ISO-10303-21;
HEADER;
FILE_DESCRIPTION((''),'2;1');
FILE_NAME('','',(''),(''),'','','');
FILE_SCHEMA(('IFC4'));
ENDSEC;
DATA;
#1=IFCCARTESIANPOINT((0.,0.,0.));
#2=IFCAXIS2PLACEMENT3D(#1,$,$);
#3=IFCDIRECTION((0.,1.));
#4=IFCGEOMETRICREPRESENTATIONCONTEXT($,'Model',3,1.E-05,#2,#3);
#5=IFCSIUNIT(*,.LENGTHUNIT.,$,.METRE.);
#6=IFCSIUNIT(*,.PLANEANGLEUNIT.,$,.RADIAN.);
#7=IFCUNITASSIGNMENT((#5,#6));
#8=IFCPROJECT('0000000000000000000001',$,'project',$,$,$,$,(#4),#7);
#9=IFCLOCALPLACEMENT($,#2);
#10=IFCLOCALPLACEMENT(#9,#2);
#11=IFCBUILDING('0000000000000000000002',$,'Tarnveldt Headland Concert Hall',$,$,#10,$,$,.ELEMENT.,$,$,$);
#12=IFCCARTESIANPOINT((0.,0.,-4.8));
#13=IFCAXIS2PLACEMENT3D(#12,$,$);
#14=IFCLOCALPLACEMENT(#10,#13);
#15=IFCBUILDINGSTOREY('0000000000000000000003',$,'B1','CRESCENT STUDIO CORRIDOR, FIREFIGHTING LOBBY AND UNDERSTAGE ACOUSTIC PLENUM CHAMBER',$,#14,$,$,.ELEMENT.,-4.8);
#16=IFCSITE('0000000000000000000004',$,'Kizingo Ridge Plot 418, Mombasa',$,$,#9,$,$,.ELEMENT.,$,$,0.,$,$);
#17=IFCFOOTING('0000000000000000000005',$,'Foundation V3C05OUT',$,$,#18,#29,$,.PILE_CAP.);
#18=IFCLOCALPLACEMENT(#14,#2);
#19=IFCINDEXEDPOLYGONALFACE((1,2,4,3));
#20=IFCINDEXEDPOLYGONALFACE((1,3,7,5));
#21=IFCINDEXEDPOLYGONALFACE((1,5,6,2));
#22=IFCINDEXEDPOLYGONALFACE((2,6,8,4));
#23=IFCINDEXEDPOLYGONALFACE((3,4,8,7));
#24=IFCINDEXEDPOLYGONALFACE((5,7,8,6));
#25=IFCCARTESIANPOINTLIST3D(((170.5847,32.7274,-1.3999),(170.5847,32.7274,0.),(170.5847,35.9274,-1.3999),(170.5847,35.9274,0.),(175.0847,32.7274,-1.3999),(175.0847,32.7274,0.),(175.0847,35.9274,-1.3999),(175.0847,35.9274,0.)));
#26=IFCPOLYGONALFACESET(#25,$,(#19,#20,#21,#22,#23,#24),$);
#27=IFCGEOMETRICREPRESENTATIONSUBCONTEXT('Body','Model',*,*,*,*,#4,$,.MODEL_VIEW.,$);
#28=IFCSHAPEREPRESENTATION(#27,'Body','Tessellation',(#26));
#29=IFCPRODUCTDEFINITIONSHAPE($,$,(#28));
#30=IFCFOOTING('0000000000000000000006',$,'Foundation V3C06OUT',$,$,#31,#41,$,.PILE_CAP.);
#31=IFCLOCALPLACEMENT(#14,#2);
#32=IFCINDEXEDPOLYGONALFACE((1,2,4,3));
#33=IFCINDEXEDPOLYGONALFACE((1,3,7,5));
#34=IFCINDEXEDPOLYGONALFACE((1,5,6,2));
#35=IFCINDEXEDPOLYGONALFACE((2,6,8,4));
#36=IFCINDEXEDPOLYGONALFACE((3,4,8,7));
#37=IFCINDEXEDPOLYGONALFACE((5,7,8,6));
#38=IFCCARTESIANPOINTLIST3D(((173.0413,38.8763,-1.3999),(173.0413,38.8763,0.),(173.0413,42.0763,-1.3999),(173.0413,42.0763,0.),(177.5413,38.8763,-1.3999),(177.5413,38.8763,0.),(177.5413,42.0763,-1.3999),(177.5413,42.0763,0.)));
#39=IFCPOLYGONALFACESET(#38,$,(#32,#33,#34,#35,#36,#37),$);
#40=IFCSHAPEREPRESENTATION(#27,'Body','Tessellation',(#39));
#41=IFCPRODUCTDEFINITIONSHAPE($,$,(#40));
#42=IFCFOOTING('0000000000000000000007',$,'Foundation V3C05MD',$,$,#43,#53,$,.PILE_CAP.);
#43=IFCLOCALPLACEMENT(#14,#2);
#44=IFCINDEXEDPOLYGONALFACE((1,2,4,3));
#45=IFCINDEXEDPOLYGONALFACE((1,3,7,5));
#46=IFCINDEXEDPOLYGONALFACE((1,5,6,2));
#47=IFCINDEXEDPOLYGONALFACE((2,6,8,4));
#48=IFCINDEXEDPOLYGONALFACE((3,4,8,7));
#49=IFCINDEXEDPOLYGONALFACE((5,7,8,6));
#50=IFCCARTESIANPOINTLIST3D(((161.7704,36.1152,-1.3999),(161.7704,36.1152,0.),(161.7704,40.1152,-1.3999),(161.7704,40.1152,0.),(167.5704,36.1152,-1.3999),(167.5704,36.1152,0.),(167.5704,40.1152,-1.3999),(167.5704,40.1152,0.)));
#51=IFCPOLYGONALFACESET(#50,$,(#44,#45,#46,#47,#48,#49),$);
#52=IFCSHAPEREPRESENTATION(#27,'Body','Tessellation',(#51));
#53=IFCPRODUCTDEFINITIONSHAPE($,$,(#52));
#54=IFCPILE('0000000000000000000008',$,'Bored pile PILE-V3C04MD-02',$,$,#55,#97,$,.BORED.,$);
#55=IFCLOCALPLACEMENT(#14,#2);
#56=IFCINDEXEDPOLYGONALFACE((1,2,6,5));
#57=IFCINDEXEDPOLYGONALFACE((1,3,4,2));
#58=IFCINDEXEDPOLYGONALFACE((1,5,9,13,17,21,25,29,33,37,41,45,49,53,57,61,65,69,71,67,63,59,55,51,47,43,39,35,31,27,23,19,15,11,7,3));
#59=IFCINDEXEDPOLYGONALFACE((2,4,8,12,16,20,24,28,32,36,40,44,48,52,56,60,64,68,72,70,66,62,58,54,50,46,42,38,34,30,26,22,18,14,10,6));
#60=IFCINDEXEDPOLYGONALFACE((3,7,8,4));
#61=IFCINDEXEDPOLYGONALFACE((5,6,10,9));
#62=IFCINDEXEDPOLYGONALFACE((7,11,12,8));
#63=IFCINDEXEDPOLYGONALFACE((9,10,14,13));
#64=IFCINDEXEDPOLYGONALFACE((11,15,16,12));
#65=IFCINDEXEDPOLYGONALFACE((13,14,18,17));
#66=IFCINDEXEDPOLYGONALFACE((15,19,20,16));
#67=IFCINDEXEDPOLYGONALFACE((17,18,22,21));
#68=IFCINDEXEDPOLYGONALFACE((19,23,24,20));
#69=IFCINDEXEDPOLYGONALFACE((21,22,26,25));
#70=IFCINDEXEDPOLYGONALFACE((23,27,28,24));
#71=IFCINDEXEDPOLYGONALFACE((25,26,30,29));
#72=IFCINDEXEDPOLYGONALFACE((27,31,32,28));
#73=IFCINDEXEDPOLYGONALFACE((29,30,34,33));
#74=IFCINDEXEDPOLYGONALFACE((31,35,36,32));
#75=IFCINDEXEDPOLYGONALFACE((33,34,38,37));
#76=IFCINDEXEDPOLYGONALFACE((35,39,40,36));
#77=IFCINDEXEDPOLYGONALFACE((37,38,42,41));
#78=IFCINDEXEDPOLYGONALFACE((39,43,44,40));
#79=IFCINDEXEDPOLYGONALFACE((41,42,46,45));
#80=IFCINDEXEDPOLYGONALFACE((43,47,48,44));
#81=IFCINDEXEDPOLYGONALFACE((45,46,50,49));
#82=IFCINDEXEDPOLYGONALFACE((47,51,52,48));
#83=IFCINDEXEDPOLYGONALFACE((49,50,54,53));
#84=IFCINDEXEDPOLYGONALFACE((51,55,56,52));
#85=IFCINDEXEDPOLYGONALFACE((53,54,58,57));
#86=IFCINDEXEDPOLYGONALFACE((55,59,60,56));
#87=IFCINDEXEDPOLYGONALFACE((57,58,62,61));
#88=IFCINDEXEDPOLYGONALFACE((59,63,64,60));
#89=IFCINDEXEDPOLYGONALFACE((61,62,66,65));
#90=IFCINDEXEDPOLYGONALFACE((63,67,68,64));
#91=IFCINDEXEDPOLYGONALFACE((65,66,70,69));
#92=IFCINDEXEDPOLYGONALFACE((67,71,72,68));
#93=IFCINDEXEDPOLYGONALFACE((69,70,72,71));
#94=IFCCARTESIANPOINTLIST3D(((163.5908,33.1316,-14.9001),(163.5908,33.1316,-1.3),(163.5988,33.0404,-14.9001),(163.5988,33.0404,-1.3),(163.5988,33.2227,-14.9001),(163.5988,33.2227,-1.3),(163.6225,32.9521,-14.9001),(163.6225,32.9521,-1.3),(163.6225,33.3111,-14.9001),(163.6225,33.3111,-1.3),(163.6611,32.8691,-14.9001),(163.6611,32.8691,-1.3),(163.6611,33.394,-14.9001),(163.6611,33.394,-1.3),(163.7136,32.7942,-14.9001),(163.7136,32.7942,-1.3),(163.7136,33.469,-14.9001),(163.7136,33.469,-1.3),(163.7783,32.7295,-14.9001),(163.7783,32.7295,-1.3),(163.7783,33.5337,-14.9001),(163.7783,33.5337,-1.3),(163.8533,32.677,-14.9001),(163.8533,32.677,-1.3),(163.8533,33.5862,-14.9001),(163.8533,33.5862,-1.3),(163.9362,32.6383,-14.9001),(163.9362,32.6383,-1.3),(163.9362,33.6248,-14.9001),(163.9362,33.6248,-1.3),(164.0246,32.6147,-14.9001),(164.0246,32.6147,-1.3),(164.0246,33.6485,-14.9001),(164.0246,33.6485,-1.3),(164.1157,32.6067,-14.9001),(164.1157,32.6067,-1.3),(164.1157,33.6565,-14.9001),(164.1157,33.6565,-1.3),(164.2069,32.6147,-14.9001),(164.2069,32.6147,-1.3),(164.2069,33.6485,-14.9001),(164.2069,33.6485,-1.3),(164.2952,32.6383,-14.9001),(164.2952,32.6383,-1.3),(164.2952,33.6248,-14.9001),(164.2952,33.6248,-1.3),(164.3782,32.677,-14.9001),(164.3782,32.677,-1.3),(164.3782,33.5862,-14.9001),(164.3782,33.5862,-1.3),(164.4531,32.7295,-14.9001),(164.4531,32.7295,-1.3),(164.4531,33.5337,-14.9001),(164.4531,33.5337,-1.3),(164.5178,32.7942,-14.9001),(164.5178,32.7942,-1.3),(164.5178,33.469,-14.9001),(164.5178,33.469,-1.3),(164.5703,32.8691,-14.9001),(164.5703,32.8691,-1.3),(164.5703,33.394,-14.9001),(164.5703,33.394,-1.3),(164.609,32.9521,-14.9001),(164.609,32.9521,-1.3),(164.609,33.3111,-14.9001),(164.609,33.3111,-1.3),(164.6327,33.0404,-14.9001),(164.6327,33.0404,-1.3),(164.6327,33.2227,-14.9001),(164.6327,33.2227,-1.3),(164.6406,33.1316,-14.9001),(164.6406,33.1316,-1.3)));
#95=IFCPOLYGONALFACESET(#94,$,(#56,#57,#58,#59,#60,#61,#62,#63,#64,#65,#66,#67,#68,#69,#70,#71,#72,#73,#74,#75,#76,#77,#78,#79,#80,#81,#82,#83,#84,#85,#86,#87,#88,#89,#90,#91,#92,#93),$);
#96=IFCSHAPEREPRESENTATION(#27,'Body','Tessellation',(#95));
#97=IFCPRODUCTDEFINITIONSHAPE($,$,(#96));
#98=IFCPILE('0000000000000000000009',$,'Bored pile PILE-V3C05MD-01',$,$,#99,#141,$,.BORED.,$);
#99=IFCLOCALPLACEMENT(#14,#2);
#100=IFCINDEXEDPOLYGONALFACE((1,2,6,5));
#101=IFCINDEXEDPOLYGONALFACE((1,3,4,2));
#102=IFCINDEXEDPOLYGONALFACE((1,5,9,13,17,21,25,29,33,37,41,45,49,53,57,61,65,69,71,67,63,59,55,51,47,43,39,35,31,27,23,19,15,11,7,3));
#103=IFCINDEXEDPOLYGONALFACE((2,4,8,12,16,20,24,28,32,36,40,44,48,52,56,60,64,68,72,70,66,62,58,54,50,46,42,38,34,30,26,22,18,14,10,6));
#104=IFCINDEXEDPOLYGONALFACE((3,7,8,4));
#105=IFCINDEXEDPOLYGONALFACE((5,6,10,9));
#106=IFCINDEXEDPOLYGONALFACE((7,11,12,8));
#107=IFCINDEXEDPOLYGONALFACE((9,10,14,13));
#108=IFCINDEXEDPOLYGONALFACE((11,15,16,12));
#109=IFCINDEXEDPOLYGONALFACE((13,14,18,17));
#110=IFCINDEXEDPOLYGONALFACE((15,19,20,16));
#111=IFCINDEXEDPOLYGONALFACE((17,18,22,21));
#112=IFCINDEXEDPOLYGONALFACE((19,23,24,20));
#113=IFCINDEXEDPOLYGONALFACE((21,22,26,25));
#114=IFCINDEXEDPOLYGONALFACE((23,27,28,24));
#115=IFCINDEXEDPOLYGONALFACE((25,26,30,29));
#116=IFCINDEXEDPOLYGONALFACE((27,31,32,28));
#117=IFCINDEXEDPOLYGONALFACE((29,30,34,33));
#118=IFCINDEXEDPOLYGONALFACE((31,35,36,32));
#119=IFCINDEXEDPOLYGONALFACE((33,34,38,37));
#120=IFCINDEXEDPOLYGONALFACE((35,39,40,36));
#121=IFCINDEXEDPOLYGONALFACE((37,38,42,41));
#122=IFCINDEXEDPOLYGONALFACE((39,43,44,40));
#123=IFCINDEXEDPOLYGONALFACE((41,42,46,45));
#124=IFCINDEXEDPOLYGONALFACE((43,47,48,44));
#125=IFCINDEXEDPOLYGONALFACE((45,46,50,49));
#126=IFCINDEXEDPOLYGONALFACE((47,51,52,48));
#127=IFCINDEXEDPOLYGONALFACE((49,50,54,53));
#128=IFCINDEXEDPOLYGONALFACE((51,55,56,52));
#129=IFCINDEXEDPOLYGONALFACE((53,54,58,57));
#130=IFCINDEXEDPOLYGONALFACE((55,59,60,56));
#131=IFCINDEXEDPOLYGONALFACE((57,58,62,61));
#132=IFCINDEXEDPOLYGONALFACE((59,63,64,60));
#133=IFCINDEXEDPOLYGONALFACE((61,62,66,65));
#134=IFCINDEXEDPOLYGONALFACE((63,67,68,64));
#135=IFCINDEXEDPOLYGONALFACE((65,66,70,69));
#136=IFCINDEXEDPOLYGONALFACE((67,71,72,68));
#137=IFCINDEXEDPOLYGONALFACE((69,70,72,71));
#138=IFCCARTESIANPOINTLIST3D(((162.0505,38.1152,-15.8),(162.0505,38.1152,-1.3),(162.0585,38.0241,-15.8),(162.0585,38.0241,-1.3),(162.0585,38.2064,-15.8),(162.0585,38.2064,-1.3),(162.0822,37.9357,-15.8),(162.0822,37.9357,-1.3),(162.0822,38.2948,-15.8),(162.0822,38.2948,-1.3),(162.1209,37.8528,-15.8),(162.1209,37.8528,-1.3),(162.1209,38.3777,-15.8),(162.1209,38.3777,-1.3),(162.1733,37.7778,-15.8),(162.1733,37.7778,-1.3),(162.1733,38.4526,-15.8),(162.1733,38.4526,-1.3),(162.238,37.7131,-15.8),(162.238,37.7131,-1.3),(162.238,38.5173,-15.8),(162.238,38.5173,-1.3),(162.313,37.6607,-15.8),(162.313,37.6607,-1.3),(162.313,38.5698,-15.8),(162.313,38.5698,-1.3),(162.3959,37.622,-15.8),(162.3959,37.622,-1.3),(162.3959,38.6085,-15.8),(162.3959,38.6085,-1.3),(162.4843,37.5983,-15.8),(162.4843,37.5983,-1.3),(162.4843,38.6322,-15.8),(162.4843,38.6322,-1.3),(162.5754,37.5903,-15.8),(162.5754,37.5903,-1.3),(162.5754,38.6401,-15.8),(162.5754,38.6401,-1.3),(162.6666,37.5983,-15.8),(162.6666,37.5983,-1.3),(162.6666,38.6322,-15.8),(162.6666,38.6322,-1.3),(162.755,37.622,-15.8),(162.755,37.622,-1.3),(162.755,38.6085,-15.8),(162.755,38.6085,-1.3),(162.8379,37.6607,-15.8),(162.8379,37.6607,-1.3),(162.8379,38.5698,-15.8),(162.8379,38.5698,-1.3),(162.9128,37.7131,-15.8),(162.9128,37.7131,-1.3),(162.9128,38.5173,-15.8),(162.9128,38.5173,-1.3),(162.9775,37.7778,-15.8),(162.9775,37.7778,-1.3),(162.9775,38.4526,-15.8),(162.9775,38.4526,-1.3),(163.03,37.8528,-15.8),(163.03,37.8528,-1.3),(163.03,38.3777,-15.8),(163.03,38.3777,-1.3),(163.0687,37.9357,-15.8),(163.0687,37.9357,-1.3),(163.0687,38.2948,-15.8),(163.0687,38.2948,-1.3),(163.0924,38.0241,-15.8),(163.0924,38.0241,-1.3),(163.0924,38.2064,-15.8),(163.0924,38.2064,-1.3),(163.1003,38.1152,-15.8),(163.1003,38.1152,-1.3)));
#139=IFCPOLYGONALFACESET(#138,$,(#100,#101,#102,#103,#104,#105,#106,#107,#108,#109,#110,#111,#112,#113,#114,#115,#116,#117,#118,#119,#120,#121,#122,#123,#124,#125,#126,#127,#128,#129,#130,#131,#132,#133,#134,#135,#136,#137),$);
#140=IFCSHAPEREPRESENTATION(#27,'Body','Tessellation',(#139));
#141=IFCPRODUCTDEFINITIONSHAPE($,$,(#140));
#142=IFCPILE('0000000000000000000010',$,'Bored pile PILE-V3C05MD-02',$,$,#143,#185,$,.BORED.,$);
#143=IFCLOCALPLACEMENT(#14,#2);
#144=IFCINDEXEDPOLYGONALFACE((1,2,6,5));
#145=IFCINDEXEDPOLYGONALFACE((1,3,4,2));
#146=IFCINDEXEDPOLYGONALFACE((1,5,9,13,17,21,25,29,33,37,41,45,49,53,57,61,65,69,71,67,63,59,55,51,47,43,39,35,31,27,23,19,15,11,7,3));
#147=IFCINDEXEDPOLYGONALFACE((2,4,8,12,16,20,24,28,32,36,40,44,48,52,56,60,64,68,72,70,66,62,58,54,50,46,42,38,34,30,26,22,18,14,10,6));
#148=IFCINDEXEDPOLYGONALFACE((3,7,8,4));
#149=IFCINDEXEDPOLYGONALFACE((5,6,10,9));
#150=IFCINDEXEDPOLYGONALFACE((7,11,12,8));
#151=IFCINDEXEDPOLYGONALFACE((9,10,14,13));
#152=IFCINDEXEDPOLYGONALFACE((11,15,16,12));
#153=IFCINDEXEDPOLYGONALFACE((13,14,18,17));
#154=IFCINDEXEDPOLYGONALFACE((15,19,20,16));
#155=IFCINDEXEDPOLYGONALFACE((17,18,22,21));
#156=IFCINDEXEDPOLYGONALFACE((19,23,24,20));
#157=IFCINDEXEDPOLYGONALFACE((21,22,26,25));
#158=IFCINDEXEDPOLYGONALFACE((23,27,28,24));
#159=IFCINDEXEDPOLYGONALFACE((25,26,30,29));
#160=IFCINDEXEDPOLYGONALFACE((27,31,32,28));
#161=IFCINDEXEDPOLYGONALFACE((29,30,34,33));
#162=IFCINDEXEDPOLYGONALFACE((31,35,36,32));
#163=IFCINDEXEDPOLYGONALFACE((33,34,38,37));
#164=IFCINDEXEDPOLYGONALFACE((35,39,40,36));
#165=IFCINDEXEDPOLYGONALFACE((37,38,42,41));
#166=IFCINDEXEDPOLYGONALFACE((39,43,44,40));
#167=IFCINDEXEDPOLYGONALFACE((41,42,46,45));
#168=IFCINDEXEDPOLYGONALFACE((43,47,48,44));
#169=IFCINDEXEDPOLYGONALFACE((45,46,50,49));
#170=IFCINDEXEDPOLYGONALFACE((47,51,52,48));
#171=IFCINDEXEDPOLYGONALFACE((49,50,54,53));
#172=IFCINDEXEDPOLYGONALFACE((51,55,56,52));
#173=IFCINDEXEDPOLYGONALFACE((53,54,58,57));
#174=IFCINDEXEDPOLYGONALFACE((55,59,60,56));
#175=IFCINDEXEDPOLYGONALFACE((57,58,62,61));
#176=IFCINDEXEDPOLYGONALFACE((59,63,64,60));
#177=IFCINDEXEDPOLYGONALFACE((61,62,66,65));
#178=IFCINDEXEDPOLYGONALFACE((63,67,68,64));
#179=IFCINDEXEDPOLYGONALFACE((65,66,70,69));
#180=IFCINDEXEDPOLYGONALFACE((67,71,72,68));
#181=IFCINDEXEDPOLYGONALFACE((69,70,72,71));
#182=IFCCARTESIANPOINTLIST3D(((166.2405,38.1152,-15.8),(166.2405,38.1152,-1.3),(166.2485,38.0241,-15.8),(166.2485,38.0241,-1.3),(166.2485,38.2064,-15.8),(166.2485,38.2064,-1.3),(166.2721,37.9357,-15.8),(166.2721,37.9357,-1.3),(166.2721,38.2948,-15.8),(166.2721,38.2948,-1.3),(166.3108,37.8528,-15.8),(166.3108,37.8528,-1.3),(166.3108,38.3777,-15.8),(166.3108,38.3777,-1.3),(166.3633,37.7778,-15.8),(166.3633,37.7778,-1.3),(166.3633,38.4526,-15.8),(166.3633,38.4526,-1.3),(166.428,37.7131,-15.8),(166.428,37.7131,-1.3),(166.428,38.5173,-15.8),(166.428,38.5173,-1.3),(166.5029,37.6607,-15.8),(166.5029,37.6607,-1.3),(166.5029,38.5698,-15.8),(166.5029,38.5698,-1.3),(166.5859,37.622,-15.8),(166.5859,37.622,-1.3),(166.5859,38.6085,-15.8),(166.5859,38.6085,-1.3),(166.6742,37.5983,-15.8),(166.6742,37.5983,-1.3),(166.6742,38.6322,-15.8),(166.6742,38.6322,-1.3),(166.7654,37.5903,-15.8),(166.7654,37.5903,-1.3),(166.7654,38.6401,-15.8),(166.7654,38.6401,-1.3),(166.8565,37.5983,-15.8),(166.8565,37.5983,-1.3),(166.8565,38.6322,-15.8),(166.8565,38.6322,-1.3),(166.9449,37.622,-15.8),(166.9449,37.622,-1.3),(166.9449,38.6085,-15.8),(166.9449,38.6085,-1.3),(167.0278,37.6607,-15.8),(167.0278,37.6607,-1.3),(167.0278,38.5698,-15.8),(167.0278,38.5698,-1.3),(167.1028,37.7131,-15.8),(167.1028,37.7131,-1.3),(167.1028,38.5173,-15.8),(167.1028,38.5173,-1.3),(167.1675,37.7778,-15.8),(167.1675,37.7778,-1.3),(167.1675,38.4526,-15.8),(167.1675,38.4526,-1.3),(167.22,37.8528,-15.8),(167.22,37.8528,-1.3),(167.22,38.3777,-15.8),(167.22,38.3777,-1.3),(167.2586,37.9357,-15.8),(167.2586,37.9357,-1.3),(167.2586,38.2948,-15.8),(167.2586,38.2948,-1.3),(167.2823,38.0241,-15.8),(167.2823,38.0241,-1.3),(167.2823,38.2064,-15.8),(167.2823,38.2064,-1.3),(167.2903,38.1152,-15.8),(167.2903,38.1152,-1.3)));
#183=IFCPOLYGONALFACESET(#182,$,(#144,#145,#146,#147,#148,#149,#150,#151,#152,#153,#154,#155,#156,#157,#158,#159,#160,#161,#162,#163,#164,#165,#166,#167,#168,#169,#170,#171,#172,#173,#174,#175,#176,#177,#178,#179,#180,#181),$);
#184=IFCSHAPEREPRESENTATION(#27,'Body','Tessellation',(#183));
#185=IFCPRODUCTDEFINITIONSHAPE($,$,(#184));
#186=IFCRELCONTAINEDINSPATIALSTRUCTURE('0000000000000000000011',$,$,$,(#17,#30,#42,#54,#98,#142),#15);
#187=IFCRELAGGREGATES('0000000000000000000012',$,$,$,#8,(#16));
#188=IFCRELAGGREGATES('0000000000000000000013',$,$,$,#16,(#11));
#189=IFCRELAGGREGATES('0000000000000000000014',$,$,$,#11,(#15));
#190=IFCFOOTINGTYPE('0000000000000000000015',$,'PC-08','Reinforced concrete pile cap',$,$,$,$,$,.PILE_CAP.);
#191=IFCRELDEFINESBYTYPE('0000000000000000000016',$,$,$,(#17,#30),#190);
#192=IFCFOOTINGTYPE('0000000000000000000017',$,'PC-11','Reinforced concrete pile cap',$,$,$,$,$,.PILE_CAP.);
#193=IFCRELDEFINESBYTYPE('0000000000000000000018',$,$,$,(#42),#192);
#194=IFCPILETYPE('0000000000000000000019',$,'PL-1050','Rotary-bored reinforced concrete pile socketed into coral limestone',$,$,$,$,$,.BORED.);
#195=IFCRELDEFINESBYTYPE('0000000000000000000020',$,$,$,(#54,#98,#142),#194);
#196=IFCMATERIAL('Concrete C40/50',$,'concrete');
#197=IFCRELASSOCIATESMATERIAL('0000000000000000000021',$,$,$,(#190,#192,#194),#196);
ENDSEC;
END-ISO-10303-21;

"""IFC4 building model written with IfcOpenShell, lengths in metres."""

from ifc_helpers import new_model, si_unit, direction, frame, origin, origin_2d, place, context, subcontext, project, spatial, rectangle, circle, extrude, material, material_profile, profile_set, type_object, element, save


model = new_model("IFC4")

# Units and contexts
model_context = context("Model", 3, precision=1e-05, world=origin(), true_north=direction((0.0, 1.0)))
body_context = subcontext(model_context, "Body", "Model", "MODEL_VIEW")
ifc_project = project(units=[si_unit("LENGTHUNIT", "METRE"), si_unit("PLANEANGLEUNIT", "RADIAN")], contexts=[model_context])

# Site, building, storey
site_placement = place(None, origin())
site = spatial("IfcSite", under=ifc_project, at=site_placement, Name="Kizingo Ridge Plot 418, Mombasa", CompositionType="ELEMENT", RefElevation=0.0)
building_placement = place(site_placement, origin())
building = spatial("IfcBuilding", under=site, at=building_placement, Name="Tarnveldt Headland Concert Hall", CompositionType="ELEMENT")
storey_placement = place(building_placement, frame((0.0, 0.0, -4.8)))
storey = spatial("IfcBuildingStorey", under=building, at=storey_placement, Name="B1", Description="CRESCENT STUDIO CORRIDOR, FIREFIGHTING LOBBY AND UNDERSTAGE ACOUSTIC PLENUM CHAMBER", CompositionType="ELEMENT", Elevation=-4.8)

# Footings
ifc_material_1 = material(Name="Concrete C40/50", Category="concrete")
footing_type_1 = type_object("IfcFootingType", Name="PC-08", Description="Reinforced concrete pile cap", PredefinedType="PILE_CAP", material=ifc_material_1)
for number, where, z_axis, x_axis, name in (
    (1, (172.8347, 34.3274, -1.3999), (0.0, 0.0, 1.0), (1.0, 0.0, 0.0), "Foundation V3C05OUT"),
    (2, (175.2913, 40.4763, -1.3999), (0.0, 0.0, 1.0), (1.0, 0.0, 0.0), "Foundation V3C06OUT"),
):
    element("IfcFooting", number, at=place(storey_placement, frame(where, z_axis=z_axis, x_axis=x_axis)), inside=storey, type_object=footing_type_1, Name=name, PredefinedType="PILE_CAP", context=body_context, shape_type="SweptSolid", body=[
        extrude(rectangle(XDim=4.5, YDim=3.2, at=origin_2d()), origin(), (0.0, 0.0, 1.0), 1.3999),
    ])
footing_type_2 = type_object("IfcFootingType", Name="PC-11", Description="Reinforced concrete pile cap", PredefinedType="PILE_CAP", material=ifc_material_1)
footing_placement = place(storey_placement, frame((164.6704, 38.1152, -1.3999), z_axis=(0.0, 0.0, 1.0), x_axis=(1.0, 0.0, 0.0)))
element("IfcFooting", 3, at=footing_placement, inside=storey, type_object=footing_type_2, Name="Foundation V3C05MD", PredefinedType="PILE_CAP", context=body_context, shape_type="SweptSolid", body=[
    extrude(rectangle(XDim=5.8, YDim=4.0, at=origin_2d()), origin(), (0.0, 0.0, 1.0), 1.3999),
])

# Piles
ifc_material_profile_1 = material_profile(ifc_material_1, circle(Radius=0.5249, at=origin_2d()), Name="BORED PILE D1050", Category="concrete")
ifc_profile_set_1 = profile_set([ifc_material_profile_1], Name="Concrete C40/50")
pile_type_1 = type_object("IfcPileType", Name="PL-1050", Description="Rotary-bored reinforced concrete pile socketed into coral limestone", PredefinedType="BORED", material=ifc_profile_set_1)
pile_placement = place(storey_placement, frame((164.1157, 33.1316, -1.3), z_axis=(0.0, 0.0, -1.0), x_axis=(1.0, 0.0, 0.0)))
element("IfcPile", 4, at=pile_placement, inside=storey, type_object=pile_type_1, Name="Bored pile PILE-V3C04MD-02", PredefinedType="BORED", context=body_context, shape_type="SweptSolid", body=[
    extrude(circle(Radius=0.5249, at=origin_2d()), origin(), (0.0, 0.0, 1.0), 13.6001),
])
for number, where, z_axis, x_axis, name in (
    (5, (162.5754, 38.1152, -1.3), (0.0, 0.0, -1.0), (1.0, 0.0, 0.0), "Bored pile PILE-V3C05MD-01"),
    (6, (166.7654, 38.1152, -1.3), (0.0, 0.0, -1.0), (1.0, 0.0, 0.0), "Bored pile PILE-V3C05MD-02"),
):
    element("IfcPile", number, at=place(storey_placement, frame(where, z_axis=z_axis, x_axis=x_axis)), inside=storey, type_object=pile_type_1, Name=name, PredefinedType="BORED", context=body_context, shape_type="SweptSolid", body=[
        extrude(circle(Radius=0.5249, at=origin_2d()), origin(), (0.0, 0.0, 1.0), 14.5),
    ])

save(model, "model.ifc")
